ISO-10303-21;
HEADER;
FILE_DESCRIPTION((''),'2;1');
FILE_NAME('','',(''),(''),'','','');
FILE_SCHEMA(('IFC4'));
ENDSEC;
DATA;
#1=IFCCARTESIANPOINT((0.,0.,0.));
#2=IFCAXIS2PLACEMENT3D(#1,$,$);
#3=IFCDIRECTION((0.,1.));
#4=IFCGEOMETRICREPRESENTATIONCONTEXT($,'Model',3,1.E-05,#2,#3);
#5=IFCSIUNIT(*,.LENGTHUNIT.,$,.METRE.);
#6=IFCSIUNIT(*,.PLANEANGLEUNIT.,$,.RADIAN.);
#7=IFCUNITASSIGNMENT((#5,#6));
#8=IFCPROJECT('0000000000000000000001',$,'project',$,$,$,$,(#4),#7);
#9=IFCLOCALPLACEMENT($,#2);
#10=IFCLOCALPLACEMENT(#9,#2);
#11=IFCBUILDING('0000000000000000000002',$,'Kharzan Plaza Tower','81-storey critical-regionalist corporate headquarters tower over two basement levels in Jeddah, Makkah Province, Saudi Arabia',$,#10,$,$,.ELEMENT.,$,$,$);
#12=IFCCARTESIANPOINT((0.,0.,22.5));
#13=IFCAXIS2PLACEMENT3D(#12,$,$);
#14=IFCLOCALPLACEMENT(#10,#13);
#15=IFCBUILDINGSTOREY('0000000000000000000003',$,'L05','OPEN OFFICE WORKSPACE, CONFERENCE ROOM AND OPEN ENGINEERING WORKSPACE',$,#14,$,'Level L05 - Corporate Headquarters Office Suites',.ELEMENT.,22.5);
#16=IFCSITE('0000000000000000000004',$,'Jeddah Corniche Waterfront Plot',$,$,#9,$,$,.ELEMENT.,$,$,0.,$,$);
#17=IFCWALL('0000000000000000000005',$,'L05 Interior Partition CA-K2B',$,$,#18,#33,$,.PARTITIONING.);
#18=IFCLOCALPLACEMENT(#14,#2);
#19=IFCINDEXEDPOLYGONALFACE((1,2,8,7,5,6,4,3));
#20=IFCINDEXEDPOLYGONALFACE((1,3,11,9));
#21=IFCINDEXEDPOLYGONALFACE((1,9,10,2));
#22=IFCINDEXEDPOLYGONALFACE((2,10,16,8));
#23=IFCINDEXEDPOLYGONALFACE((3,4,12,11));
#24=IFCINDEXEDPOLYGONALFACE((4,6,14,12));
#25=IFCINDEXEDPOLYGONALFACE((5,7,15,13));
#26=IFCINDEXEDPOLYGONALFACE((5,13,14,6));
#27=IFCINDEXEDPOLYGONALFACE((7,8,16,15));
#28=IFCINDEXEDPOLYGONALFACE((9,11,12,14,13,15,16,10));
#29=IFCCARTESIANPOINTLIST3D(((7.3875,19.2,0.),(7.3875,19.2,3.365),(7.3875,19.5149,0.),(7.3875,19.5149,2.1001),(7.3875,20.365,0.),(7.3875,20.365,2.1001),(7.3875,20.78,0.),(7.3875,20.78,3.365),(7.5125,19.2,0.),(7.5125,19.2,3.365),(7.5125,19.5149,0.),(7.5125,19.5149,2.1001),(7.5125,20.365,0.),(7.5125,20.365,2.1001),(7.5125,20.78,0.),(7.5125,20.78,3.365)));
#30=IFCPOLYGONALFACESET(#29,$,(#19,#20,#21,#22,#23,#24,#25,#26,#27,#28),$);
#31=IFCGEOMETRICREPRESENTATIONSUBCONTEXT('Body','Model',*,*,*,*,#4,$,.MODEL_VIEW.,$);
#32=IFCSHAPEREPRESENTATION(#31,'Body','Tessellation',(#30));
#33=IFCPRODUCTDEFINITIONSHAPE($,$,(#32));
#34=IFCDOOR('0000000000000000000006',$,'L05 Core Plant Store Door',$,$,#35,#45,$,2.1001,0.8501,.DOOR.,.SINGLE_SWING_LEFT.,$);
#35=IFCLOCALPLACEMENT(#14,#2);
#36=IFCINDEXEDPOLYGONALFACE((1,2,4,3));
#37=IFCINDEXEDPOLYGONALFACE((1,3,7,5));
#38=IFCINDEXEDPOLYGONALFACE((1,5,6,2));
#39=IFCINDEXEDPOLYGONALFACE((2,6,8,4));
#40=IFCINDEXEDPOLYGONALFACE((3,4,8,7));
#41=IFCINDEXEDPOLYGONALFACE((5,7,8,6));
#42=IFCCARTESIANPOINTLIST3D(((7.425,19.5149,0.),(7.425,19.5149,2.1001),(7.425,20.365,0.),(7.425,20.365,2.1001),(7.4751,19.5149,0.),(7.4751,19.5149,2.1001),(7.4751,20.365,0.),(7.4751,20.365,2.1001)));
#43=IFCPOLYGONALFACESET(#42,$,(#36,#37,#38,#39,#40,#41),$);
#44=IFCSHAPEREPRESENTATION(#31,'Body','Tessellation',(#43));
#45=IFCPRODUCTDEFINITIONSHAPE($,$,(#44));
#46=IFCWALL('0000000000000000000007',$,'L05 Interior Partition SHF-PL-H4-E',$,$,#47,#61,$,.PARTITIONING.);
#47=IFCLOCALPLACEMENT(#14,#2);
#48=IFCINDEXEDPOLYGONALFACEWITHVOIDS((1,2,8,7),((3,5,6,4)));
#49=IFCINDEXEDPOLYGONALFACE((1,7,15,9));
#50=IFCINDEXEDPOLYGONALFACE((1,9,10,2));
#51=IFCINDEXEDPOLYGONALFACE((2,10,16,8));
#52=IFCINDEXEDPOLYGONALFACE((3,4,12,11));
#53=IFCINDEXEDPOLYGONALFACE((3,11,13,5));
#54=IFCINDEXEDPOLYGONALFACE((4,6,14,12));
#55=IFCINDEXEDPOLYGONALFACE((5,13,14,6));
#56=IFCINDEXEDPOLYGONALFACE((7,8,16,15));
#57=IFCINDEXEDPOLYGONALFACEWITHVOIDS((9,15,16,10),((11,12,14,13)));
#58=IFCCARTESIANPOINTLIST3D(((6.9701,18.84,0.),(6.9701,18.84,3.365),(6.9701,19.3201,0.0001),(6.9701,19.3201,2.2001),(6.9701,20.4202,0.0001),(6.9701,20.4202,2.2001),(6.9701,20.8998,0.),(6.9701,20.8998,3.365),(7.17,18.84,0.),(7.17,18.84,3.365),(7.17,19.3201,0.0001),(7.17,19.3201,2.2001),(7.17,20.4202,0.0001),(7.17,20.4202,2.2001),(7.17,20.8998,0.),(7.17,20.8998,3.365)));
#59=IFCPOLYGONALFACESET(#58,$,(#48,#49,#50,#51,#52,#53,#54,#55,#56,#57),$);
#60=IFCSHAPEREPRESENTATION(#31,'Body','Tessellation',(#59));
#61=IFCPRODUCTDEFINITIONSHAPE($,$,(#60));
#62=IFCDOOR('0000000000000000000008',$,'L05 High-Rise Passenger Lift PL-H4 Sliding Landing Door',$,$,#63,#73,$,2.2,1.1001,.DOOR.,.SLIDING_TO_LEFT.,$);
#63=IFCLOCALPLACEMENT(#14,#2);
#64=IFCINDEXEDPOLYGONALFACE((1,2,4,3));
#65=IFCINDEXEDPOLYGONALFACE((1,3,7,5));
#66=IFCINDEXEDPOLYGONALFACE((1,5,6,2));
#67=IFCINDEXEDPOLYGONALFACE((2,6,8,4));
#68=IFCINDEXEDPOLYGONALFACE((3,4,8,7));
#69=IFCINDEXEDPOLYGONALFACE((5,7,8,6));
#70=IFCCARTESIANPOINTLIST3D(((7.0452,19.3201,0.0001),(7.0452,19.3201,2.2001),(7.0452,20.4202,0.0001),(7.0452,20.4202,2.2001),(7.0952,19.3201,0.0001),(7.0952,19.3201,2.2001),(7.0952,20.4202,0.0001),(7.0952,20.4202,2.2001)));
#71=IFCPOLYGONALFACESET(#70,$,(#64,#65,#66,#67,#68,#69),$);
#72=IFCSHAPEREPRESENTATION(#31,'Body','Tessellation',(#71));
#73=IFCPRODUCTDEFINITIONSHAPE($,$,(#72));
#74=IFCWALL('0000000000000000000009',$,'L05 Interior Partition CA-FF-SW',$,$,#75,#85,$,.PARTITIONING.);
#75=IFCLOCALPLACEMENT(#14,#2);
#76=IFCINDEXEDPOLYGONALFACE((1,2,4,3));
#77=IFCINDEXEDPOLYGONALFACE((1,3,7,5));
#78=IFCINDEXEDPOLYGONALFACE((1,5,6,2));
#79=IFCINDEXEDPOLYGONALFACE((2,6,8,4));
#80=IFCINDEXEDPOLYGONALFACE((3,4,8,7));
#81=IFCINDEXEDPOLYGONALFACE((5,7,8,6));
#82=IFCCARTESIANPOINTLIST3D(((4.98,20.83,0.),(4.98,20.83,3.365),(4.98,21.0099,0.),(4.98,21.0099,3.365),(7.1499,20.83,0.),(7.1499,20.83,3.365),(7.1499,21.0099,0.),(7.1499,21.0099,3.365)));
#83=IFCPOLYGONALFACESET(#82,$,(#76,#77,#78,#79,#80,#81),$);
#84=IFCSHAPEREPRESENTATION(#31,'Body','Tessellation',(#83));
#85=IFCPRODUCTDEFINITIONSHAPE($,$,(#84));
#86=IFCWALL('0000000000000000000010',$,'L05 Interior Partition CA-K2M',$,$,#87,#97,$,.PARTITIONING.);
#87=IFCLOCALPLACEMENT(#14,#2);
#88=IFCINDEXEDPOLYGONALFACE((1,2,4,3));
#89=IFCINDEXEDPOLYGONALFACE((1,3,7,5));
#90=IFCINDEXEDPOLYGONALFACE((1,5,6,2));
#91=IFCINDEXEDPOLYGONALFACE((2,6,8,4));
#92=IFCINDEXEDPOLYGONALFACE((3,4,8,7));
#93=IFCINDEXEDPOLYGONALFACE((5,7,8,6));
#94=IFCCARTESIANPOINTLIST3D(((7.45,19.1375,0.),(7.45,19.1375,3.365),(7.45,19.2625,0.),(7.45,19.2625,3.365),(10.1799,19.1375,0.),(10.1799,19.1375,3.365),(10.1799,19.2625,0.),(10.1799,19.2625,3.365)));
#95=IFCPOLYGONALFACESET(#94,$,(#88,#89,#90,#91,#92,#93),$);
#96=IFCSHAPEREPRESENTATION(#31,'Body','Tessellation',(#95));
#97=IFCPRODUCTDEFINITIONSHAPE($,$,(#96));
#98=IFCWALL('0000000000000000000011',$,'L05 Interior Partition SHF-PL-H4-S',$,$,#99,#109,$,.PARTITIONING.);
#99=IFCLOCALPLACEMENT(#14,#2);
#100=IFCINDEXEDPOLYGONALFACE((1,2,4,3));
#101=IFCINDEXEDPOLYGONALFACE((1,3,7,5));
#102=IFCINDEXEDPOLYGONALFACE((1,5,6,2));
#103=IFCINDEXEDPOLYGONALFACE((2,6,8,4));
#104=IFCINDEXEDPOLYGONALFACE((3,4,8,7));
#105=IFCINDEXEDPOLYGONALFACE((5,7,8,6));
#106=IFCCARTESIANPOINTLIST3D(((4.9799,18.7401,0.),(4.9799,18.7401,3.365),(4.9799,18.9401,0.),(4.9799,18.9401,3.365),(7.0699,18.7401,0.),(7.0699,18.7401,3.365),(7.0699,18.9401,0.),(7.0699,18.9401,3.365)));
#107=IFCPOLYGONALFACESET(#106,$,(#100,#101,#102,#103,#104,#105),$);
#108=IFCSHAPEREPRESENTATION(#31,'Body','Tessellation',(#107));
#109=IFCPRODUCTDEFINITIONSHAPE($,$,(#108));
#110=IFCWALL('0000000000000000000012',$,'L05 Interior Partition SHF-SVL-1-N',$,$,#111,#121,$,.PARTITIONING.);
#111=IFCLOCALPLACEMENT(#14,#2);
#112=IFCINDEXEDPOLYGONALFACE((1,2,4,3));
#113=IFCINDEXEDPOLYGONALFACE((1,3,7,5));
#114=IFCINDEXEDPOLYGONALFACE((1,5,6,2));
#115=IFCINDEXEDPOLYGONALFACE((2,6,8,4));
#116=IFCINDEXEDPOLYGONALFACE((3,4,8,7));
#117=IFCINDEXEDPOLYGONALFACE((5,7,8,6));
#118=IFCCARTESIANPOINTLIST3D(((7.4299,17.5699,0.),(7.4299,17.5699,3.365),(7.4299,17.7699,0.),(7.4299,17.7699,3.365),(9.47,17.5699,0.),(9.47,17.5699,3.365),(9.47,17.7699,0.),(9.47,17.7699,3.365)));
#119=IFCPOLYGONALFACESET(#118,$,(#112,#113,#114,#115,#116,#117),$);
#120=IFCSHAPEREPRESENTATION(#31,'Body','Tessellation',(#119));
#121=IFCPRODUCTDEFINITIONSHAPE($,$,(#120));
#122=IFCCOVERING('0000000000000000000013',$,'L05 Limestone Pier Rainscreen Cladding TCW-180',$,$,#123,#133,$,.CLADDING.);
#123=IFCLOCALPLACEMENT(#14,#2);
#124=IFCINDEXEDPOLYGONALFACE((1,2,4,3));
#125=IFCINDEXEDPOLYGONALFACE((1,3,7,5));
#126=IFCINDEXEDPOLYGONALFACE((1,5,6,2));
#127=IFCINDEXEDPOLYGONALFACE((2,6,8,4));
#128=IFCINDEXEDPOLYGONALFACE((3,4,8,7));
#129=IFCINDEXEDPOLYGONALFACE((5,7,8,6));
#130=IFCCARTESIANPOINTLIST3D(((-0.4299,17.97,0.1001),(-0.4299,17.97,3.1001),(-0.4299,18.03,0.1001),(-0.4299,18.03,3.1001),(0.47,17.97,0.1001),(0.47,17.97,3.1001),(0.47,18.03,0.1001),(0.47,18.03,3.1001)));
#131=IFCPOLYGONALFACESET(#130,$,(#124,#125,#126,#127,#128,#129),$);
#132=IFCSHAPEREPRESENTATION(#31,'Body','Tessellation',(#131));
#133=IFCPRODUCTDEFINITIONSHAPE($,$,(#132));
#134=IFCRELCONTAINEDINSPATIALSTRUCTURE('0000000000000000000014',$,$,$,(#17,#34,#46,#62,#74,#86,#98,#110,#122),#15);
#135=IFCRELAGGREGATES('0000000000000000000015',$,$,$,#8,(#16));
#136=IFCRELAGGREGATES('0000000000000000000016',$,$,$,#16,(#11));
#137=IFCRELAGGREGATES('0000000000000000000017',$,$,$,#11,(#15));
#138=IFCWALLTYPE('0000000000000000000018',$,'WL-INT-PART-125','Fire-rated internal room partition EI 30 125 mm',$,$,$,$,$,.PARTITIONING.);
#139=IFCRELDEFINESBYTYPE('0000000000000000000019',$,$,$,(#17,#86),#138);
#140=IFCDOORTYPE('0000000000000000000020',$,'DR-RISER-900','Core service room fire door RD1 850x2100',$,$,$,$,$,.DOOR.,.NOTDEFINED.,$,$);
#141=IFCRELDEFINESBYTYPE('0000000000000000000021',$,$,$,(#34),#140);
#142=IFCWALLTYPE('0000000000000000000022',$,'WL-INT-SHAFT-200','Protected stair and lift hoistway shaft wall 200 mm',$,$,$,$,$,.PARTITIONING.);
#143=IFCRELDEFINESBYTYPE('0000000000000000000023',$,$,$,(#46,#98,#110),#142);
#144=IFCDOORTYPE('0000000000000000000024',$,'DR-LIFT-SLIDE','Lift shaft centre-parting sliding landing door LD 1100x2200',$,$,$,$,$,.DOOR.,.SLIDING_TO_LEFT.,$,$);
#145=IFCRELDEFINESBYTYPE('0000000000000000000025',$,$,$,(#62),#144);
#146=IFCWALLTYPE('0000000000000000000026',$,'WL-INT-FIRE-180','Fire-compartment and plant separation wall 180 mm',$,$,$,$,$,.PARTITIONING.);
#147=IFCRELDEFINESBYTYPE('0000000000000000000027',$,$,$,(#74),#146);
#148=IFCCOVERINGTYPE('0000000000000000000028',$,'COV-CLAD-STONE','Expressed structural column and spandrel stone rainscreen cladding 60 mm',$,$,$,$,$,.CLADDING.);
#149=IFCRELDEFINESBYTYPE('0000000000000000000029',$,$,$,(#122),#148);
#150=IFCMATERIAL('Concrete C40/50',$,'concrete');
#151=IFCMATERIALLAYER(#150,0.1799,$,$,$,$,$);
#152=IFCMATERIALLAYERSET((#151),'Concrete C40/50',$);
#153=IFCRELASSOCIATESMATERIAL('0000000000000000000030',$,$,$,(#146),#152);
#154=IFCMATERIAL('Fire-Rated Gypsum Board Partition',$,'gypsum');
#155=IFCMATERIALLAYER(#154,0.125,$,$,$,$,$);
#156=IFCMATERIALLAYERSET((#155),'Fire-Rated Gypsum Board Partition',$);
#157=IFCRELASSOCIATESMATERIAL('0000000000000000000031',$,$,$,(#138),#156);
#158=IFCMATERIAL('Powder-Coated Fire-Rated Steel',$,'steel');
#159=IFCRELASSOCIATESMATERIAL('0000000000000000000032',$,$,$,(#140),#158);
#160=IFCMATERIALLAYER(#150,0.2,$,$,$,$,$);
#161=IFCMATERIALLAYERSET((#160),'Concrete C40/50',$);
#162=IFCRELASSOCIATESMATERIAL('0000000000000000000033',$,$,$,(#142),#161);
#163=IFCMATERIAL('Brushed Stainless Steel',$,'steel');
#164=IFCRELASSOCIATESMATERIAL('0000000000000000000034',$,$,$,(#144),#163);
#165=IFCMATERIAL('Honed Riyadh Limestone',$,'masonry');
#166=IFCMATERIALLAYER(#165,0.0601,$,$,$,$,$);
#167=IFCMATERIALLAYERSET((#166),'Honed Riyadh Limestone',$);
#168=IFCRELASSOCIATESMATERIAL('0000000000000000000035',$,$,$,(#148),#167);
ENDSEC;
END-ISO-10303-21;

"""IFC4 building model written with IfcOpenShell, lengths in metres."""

from ifc_helpers import new_model, si_unit, direction, frame, frame_2d, origin, origin_2d, place, context, subcontext, project, spatial, rectangle, extrude, source, transform, mapped, material, layer, layer_set, type_object, element, fill, save


model = new_model("IFC4")

# Units and contexts
model_context = context("Model", 3, precision=1e-05, world=origin(), true_north=direction((0.0, 1.0)))
body_context = subcontext(model_context, "Body", "Model", "MODEL_VIEW")
ifc_project = project(units=[si_unit("LENGTHUNIT", "METRE"), si_unit("PLANEANGLEUNIT", "RADIAN")], contexts=[model_context])

# Site, building, storey
site_placement = place(None, origin())
site = spatial("IfcSite", under=ifc_project, at=site_placement, Name="Jeddah Corniche Waterfront Plot", CompositionType="ELEMENT", RefElevation=0.0)
building_placement = place(site_placement, origin())
building = spatial("IfcBuilding", under=site, at=building_placement, Name="Kharzan Plaza Tower", Description="81-storey critical-regionalist corporate headquarters tower over two basement levels in Jeddah, Makkah Province, Saudi Arabia", CompositionType="ELEMENT")
storey_placement = place(building_placement, frame((0.0, 0.0, 22.5)))
storey = spatial("IfcBuildingStorey", under=building, at=storey_placement, Name="L05", Description="OPEN OFFICE WORKSPACE, CONFERENCE ROOM AND OPEN ENGINEERING WORKSPACE", LongName="Level L05 - Corporate Headquarters Office Suites", CompositionType="ELEMENT", Elevation=22.5)

# Shared definitions
ifc_material_1 = material(Name="Concrete C40/50", Category="concrete")

# Walls, openings, doors
ifc_layer_1 = layer(ifc_material_1, 0.1799)
ifc_layer_set_1 = layer_set([ifc_layer_1], Name="Concrete C40/50")
wall_type_1 = type_object("IfcWallType", Name="WL-INT-FIRE-180", Description="Fire-compartment and plant separation wall 180 mm", PredefinedType="PARTITIONING", material=ifc_layer_set_1)
ifc_material_2 = material(Name="Fire-Rated Gypsum Board Partition", Category="gypsum")
ifc_layer_2 = layer(ifc_material_2, 0.125)
ifc_layer_set_2 = layer_set([ifc_layer_2], Name="Fire-Rated Gypsum Board Partition")
wall_type_2 = type_object("IfcWallType", Name="WL-INT-PART-125", Description="Fire-rated internal room partition EI 30 125 mm", PredefinedType="PARTITIONING", material=ifc_layer_set_2)
wall_1_placement = place(storey_placement, frame((7.45, 19.2, 0.0), z_axis=(0.0, 0.0, 1.0), x_axis=(0.0, 1.0, 0.0)))
wall_1 = element("IfcWall", 1, at=wall_1_placement, inside=storey, type_object=wall_type_2, Name="L05 Interior Partition CA-K2B", PredefinedType="PARTITIONING", context=body_context, shape_type="SweptSolid", body=[
    extrude(rectangle(XDim=1.5801, YDim=0.125, at=frame_2d((0.79, 0.0))), origin(), (0.0, 0.0, 1.0), 3.365),
])
opening_1_placement = place(wall_1_placement, frame((0.3149, 0.0, 0.0)))
opening_1 = element("IfcOpeningElement", 2, at=opening_1_placement, cuts=wall_1, PredefinedType="OPENING", context=body_context, shape_type="SweptSolid", body=[
    extrude(rectangle(XDim=0.8501, YDim=2.1001, at=frame_2d((0.425, 1.05))), frame((0.0, 0.0725, 0.0), z_axis=(0.0, -1.0, 0.0), x_axis=(1.0, 0.0, 0.0)), (0.0, 0.0, 1.0), 0.145),
])
ifc_material_3 = material(Name="Powder-Coated Fire-Rated Steel", Category="steel")
door_type_1 = type_object("IfcDoorType", Name="DR-RISER-900", Description="Core service room fire door RD1 850x2100", OperationType="NOTDEFINED", PredefinedType="DOOR", material=ifc_material_3)
shared_shape_1 = source(origin(), body_context, "Body", "SweptSolid", [
    extrude(rectangle(XDim=0.8501, YDim=2.1001, at=frame_2d((0.425, 1.05))), frame((0.0, 0.0249, 0.0), z_axis=(0.0, -1.0, 0.0), x_axis=(1.0, 0.0, 0.0)), (0.0, 0.0, 1.0), 0.05),
])
door_1_placement = place(opening_1_placement, origin())
door_1 = element("IfcDoor", 3, at=door_1_placement, inside=storey, type_object=door_type_1, Name="L05 Core Plant Store Door", OperationType="SINGLE_SWING_LEFT", OverallHeight=2.1001, OverallWidth=0.8501, PredefinedType="DOOR", context=body_context, shape_type="MappedRepresentation", body=[
    mapped(shared_shape_1, transform((0.0, 0.0, 0.0), x_axis=(1.0, 0.0, 0.0), y_axis=(0.0, 1.0, 0.0), z_axis=(0.0, 0.0, 1.0))),
])
fill(opening_1, door_1)
ifc_layer_3 = layer(ifc_material_1, 0.2)
ifc_layer_set_3 = layer_set([ifc_layer_3], Name="Concrete C40/50")
wall_type_3 = type_object("IfcWallType", Name="WL-INT-SHAFT-200", Description="Protected stair and lift hoistway shaft wall 200 mm", PredefinedType="PARTITIONING", material=ifc_layer_set_3)
wall_2_placement = place(storey_placement, frame((7.0701, 18.8401, 0.0), z_axis=(0.0, 0.0, 1.0), x_axis=(0.0, 1.0, 0.0)))
wall_2 = element("IfcWall", 4, at=wall_2_placement, inside=storey, type_object=wall_type_3, Name="L05 Interior Partition SHF-PL-H4-E", PredefinedType="PARTITIONING", context=body_context, shape_type="SweptSolid", body=[
    extrude(rectangle(XDim=2.0598, YDim=0.2, at=frame_2d((1.0298, 0.0))), origin(), (0.0, 0.0, 1.0), 3.365),
])
opening_2_placement = place(wall_2_placement, frame((0.48, 0.0, 0.0)))
opening_2 = element("IfcOpeningElement", 5, at=opening_2_placement, cuts=wall_2, PredefinedType="OPENING", context=body_context, shape_type="SweptSolid", body=[
    extrude(rectangle(XDim=1.1001, YDim=2.2, at=frame_2d((0.55, 1.1001))), frame((0.0, 0.1099, 0.0), z_axis=(0.0, -1.0, 0.0), x_axis=(1.0, 0.0, 0.0)), (0.0, 0.0, 1.0), 0.22),
])
ifc_material_4 = material(Name="Brushed Stainless Steel", Category="steel")
door_type_2 = type_object("IfcDoorType", Name="DR-LIFT-SLIDE", Description="Lift shaft centre-parting sliding landing door LD 1100x2200", OperationType="SLIDING_TO_LEFT", PredefinedType="DOOR", material=ifc_material_4)
shared_shape_2 = source(origin(), body_context, "Body", "SweptSolid", [
    extrude(rectangle(XDim=1.1001, YDim=2.2, at=frame_2d((0.55, 1.1001))), frame((0.0, 0.0249, 0.0), z_axis=(0.0, -1.0, 0.0), x_axis=(1.0, 0.0, 0.0)), (0.0, 0.0, 1.0), 0.05),
])
door_2_placement = place(opening_2_placement, origin())
door_2 = element("IfcDoor", 6, at=door_2_placement, inside=storey, type_object=door_type_2, Name="L05 High-Rise Passenger Lift PL-H4 Sliding Landing Door", OperationType="SLIDING_TO_LEFT", OverallHeight=2.2, OverallWidth=1.1001, PredefinedType="DOOR", context=body_context, shape_type="MappedRepresentation", body=[
    mapped(shared_shape_2, transform((0.0, 0.0, 0.0), x_axis=(1.0, 0.0, 0.0), y_axis=(0.0, 1.0, 0.0), z_axis=(0.0, 0.0, 1.0))),
])
fill(opening_2, door_2)

# Walls
shared_shape_3 = source(origin(), body_context, "Body", "SweptSolid", [
    extrude(rectangle(XDim=2.1699, YDim=0.1799, at=frame_2d((1.085, 0.0))), origin(), (0.0, 0.0, 1.0), 3.365),
])
wall_3_placement = place(storey_placement, frame((4.98, 20.9199, 0.0), z_axis=(0.0, 0.0, 1.0), x_axis=(1.0, 0.0, 0.0)))
element("IfcWall", 7, at=wall_3_placement, inside=storey, type_object=wall_type_1, Name="L05 Interior Partition CA-FF-SW", PredefinedType="PARTITIONING", context=body_context, shape_type="MappedRepresentation", body=[
    mapped(shared_shape_3, transform((0.0, 0.0, 0.0), x_axis=(1.0, 0.0, 0.0), y_axis=(0.0, 1.0, 0.0), z_axis=(0.0, 0.0, 1.0))),
])
shared_shape_4 = source(origin(), body_context, "Body", "SweptSolid", [
    extrude(rectangle(XDim=2.73, YDim=0.125, at=frame_2d((1.365, 0.0))), origin(), (0.0, 0.0, 1.0), 3.365),
])
wall_4_placement = place(storey_placement, frame((7.45, 19.2, 0.0), z_axis=(0.0, 0.0, 1.0), x_axis=(1.0, 0.0, 0.0)))
element("IfcWall", 8, at=wall_4_placement, inside=storey, type_object=wall_type_2, Name="L05 Interior Partition CA-K2M", PredefinedType="PARTITIONING", context=body_context, shape_type="MappedRepresentation", body=[
    mapped(shared_shape_4, transform((0.0, 0.0, 0.0), x_axis=(1.0, 0.0, 0.0), y_axis=(0.0, 1.0, 0.0), z_axis=(0.0, 0.0, 1.0))),
])
shared_shape_5 = source(origin(), body_context, "Body", "SweptSolid", [
    extrude(rectangle(XDim=2.0901, YDim=0.2, at=frame_2d((1.0449, 0.0))), origin(), (0.0, 0.0, 1.0), 3.365),
])
wall_5_placement = place(storey_placement, frame((4.98, 18.8401, 0.0), z_axis=(0.0, 0.0, 1.0), x_axis=(1.0, 0.0, 0.0)))
element("IfcWall", 9, at=wall_5_placement, inside=storey, type_object=wall_type_3, Name="L05 Interior Partition SHF-PL-H4-S", PredefinedType="PARTITIONING", context=body_context, shape_type="MappedRepresentation", body=[
    mapped(shared_shape_5, transform((0.0, 0.0, 0.0), x_axis=(1.0, 0.0, 0.0), y_axis=(0.0, 1.0, 0.0), z_axis=(0.0, 0.0, 1.0))),
])
shared_shape_6 = source(origin(), body_context, "Body", "SweptSolid", [
    extrude(rectangle(XDim=2.04, YDim=0.2, at=frame_2d((1.02, 0.0))), origin(), (0.0, 0.0, 1.0), 3.365),
])
wall_6_placement = place(storey_placement, frame((7.4299, 17.6699, 0.0), z_axis=(0.0, 0.0, 1.0), x_axis=(1.0, 0.0, 0.0)))
element("IfcWall", 10, at=wall_6_placement, inside=storey, type_object=wall_type_3, Name="L05 Interior Partition SHF-SVL-1-N", PredefinedType="PARTITIONING", context=body_context, shape_type="MappedRepresentation", body=[
    mapped(shared_shape_6, transform((0.0, 0.0, 0.0), x_axis=(1.0, 0.0, 0.0), y_axis=(0.0, 1.0, 0.0), z_axis=(0.0, 0.0, 1.0))),
])

# Covering
ifc_material_5 = material(Name="Honed Riyadh Limestone", Category="masonry")
ifc_layer_4 = layer(ifc_material_5, 0.0601)
ifc_layer_set_4 = layer_set([ifc_layer_4], Name="Honed Riyadh Limestone")
covering_type = type_object("IfcCoveringType", Name="COV-CLAD-STONE", Description="Expressed structural column and spandrel stone rainscreen cladding 60 mm", PredefinedType="CLADDING", material=ifc_layer_set_4)
shared_shape_7 = source(origin(), body_context, "Body", "SweptSolid", [
    extrude(rectangle(XDim=0.0601, YDim=0.8999, at=origin_2d()), origin(), (0.0, 0.0, 1.0), 3.0),
])
covering_placement = place(storey_placement, frame((0.02, 18.0, 0.1001), z_axis=(0.0, 0.0, 1.0), x_axis=(0.0, 1.0, 0.0)))
element("IfcCovering", 11, at=covering_placement, inside=storey, type_object=covering_type, Name="L05 Limestone Pier Rainscreen Cladding TCW-180", PredefinedType="CLADDING", context=body_context, shape_type="MappedRepresentation", body=[
    mapped(shared_shape_7, transform((0.0, 0.0, 0.0), x_axis=(1.0, 0.0, 0.0), y_axis=(0.0, 1.0, 0.0), z_axis=(0.0, 0.0, 1.0))),
])

save(model, "model.ifc")
